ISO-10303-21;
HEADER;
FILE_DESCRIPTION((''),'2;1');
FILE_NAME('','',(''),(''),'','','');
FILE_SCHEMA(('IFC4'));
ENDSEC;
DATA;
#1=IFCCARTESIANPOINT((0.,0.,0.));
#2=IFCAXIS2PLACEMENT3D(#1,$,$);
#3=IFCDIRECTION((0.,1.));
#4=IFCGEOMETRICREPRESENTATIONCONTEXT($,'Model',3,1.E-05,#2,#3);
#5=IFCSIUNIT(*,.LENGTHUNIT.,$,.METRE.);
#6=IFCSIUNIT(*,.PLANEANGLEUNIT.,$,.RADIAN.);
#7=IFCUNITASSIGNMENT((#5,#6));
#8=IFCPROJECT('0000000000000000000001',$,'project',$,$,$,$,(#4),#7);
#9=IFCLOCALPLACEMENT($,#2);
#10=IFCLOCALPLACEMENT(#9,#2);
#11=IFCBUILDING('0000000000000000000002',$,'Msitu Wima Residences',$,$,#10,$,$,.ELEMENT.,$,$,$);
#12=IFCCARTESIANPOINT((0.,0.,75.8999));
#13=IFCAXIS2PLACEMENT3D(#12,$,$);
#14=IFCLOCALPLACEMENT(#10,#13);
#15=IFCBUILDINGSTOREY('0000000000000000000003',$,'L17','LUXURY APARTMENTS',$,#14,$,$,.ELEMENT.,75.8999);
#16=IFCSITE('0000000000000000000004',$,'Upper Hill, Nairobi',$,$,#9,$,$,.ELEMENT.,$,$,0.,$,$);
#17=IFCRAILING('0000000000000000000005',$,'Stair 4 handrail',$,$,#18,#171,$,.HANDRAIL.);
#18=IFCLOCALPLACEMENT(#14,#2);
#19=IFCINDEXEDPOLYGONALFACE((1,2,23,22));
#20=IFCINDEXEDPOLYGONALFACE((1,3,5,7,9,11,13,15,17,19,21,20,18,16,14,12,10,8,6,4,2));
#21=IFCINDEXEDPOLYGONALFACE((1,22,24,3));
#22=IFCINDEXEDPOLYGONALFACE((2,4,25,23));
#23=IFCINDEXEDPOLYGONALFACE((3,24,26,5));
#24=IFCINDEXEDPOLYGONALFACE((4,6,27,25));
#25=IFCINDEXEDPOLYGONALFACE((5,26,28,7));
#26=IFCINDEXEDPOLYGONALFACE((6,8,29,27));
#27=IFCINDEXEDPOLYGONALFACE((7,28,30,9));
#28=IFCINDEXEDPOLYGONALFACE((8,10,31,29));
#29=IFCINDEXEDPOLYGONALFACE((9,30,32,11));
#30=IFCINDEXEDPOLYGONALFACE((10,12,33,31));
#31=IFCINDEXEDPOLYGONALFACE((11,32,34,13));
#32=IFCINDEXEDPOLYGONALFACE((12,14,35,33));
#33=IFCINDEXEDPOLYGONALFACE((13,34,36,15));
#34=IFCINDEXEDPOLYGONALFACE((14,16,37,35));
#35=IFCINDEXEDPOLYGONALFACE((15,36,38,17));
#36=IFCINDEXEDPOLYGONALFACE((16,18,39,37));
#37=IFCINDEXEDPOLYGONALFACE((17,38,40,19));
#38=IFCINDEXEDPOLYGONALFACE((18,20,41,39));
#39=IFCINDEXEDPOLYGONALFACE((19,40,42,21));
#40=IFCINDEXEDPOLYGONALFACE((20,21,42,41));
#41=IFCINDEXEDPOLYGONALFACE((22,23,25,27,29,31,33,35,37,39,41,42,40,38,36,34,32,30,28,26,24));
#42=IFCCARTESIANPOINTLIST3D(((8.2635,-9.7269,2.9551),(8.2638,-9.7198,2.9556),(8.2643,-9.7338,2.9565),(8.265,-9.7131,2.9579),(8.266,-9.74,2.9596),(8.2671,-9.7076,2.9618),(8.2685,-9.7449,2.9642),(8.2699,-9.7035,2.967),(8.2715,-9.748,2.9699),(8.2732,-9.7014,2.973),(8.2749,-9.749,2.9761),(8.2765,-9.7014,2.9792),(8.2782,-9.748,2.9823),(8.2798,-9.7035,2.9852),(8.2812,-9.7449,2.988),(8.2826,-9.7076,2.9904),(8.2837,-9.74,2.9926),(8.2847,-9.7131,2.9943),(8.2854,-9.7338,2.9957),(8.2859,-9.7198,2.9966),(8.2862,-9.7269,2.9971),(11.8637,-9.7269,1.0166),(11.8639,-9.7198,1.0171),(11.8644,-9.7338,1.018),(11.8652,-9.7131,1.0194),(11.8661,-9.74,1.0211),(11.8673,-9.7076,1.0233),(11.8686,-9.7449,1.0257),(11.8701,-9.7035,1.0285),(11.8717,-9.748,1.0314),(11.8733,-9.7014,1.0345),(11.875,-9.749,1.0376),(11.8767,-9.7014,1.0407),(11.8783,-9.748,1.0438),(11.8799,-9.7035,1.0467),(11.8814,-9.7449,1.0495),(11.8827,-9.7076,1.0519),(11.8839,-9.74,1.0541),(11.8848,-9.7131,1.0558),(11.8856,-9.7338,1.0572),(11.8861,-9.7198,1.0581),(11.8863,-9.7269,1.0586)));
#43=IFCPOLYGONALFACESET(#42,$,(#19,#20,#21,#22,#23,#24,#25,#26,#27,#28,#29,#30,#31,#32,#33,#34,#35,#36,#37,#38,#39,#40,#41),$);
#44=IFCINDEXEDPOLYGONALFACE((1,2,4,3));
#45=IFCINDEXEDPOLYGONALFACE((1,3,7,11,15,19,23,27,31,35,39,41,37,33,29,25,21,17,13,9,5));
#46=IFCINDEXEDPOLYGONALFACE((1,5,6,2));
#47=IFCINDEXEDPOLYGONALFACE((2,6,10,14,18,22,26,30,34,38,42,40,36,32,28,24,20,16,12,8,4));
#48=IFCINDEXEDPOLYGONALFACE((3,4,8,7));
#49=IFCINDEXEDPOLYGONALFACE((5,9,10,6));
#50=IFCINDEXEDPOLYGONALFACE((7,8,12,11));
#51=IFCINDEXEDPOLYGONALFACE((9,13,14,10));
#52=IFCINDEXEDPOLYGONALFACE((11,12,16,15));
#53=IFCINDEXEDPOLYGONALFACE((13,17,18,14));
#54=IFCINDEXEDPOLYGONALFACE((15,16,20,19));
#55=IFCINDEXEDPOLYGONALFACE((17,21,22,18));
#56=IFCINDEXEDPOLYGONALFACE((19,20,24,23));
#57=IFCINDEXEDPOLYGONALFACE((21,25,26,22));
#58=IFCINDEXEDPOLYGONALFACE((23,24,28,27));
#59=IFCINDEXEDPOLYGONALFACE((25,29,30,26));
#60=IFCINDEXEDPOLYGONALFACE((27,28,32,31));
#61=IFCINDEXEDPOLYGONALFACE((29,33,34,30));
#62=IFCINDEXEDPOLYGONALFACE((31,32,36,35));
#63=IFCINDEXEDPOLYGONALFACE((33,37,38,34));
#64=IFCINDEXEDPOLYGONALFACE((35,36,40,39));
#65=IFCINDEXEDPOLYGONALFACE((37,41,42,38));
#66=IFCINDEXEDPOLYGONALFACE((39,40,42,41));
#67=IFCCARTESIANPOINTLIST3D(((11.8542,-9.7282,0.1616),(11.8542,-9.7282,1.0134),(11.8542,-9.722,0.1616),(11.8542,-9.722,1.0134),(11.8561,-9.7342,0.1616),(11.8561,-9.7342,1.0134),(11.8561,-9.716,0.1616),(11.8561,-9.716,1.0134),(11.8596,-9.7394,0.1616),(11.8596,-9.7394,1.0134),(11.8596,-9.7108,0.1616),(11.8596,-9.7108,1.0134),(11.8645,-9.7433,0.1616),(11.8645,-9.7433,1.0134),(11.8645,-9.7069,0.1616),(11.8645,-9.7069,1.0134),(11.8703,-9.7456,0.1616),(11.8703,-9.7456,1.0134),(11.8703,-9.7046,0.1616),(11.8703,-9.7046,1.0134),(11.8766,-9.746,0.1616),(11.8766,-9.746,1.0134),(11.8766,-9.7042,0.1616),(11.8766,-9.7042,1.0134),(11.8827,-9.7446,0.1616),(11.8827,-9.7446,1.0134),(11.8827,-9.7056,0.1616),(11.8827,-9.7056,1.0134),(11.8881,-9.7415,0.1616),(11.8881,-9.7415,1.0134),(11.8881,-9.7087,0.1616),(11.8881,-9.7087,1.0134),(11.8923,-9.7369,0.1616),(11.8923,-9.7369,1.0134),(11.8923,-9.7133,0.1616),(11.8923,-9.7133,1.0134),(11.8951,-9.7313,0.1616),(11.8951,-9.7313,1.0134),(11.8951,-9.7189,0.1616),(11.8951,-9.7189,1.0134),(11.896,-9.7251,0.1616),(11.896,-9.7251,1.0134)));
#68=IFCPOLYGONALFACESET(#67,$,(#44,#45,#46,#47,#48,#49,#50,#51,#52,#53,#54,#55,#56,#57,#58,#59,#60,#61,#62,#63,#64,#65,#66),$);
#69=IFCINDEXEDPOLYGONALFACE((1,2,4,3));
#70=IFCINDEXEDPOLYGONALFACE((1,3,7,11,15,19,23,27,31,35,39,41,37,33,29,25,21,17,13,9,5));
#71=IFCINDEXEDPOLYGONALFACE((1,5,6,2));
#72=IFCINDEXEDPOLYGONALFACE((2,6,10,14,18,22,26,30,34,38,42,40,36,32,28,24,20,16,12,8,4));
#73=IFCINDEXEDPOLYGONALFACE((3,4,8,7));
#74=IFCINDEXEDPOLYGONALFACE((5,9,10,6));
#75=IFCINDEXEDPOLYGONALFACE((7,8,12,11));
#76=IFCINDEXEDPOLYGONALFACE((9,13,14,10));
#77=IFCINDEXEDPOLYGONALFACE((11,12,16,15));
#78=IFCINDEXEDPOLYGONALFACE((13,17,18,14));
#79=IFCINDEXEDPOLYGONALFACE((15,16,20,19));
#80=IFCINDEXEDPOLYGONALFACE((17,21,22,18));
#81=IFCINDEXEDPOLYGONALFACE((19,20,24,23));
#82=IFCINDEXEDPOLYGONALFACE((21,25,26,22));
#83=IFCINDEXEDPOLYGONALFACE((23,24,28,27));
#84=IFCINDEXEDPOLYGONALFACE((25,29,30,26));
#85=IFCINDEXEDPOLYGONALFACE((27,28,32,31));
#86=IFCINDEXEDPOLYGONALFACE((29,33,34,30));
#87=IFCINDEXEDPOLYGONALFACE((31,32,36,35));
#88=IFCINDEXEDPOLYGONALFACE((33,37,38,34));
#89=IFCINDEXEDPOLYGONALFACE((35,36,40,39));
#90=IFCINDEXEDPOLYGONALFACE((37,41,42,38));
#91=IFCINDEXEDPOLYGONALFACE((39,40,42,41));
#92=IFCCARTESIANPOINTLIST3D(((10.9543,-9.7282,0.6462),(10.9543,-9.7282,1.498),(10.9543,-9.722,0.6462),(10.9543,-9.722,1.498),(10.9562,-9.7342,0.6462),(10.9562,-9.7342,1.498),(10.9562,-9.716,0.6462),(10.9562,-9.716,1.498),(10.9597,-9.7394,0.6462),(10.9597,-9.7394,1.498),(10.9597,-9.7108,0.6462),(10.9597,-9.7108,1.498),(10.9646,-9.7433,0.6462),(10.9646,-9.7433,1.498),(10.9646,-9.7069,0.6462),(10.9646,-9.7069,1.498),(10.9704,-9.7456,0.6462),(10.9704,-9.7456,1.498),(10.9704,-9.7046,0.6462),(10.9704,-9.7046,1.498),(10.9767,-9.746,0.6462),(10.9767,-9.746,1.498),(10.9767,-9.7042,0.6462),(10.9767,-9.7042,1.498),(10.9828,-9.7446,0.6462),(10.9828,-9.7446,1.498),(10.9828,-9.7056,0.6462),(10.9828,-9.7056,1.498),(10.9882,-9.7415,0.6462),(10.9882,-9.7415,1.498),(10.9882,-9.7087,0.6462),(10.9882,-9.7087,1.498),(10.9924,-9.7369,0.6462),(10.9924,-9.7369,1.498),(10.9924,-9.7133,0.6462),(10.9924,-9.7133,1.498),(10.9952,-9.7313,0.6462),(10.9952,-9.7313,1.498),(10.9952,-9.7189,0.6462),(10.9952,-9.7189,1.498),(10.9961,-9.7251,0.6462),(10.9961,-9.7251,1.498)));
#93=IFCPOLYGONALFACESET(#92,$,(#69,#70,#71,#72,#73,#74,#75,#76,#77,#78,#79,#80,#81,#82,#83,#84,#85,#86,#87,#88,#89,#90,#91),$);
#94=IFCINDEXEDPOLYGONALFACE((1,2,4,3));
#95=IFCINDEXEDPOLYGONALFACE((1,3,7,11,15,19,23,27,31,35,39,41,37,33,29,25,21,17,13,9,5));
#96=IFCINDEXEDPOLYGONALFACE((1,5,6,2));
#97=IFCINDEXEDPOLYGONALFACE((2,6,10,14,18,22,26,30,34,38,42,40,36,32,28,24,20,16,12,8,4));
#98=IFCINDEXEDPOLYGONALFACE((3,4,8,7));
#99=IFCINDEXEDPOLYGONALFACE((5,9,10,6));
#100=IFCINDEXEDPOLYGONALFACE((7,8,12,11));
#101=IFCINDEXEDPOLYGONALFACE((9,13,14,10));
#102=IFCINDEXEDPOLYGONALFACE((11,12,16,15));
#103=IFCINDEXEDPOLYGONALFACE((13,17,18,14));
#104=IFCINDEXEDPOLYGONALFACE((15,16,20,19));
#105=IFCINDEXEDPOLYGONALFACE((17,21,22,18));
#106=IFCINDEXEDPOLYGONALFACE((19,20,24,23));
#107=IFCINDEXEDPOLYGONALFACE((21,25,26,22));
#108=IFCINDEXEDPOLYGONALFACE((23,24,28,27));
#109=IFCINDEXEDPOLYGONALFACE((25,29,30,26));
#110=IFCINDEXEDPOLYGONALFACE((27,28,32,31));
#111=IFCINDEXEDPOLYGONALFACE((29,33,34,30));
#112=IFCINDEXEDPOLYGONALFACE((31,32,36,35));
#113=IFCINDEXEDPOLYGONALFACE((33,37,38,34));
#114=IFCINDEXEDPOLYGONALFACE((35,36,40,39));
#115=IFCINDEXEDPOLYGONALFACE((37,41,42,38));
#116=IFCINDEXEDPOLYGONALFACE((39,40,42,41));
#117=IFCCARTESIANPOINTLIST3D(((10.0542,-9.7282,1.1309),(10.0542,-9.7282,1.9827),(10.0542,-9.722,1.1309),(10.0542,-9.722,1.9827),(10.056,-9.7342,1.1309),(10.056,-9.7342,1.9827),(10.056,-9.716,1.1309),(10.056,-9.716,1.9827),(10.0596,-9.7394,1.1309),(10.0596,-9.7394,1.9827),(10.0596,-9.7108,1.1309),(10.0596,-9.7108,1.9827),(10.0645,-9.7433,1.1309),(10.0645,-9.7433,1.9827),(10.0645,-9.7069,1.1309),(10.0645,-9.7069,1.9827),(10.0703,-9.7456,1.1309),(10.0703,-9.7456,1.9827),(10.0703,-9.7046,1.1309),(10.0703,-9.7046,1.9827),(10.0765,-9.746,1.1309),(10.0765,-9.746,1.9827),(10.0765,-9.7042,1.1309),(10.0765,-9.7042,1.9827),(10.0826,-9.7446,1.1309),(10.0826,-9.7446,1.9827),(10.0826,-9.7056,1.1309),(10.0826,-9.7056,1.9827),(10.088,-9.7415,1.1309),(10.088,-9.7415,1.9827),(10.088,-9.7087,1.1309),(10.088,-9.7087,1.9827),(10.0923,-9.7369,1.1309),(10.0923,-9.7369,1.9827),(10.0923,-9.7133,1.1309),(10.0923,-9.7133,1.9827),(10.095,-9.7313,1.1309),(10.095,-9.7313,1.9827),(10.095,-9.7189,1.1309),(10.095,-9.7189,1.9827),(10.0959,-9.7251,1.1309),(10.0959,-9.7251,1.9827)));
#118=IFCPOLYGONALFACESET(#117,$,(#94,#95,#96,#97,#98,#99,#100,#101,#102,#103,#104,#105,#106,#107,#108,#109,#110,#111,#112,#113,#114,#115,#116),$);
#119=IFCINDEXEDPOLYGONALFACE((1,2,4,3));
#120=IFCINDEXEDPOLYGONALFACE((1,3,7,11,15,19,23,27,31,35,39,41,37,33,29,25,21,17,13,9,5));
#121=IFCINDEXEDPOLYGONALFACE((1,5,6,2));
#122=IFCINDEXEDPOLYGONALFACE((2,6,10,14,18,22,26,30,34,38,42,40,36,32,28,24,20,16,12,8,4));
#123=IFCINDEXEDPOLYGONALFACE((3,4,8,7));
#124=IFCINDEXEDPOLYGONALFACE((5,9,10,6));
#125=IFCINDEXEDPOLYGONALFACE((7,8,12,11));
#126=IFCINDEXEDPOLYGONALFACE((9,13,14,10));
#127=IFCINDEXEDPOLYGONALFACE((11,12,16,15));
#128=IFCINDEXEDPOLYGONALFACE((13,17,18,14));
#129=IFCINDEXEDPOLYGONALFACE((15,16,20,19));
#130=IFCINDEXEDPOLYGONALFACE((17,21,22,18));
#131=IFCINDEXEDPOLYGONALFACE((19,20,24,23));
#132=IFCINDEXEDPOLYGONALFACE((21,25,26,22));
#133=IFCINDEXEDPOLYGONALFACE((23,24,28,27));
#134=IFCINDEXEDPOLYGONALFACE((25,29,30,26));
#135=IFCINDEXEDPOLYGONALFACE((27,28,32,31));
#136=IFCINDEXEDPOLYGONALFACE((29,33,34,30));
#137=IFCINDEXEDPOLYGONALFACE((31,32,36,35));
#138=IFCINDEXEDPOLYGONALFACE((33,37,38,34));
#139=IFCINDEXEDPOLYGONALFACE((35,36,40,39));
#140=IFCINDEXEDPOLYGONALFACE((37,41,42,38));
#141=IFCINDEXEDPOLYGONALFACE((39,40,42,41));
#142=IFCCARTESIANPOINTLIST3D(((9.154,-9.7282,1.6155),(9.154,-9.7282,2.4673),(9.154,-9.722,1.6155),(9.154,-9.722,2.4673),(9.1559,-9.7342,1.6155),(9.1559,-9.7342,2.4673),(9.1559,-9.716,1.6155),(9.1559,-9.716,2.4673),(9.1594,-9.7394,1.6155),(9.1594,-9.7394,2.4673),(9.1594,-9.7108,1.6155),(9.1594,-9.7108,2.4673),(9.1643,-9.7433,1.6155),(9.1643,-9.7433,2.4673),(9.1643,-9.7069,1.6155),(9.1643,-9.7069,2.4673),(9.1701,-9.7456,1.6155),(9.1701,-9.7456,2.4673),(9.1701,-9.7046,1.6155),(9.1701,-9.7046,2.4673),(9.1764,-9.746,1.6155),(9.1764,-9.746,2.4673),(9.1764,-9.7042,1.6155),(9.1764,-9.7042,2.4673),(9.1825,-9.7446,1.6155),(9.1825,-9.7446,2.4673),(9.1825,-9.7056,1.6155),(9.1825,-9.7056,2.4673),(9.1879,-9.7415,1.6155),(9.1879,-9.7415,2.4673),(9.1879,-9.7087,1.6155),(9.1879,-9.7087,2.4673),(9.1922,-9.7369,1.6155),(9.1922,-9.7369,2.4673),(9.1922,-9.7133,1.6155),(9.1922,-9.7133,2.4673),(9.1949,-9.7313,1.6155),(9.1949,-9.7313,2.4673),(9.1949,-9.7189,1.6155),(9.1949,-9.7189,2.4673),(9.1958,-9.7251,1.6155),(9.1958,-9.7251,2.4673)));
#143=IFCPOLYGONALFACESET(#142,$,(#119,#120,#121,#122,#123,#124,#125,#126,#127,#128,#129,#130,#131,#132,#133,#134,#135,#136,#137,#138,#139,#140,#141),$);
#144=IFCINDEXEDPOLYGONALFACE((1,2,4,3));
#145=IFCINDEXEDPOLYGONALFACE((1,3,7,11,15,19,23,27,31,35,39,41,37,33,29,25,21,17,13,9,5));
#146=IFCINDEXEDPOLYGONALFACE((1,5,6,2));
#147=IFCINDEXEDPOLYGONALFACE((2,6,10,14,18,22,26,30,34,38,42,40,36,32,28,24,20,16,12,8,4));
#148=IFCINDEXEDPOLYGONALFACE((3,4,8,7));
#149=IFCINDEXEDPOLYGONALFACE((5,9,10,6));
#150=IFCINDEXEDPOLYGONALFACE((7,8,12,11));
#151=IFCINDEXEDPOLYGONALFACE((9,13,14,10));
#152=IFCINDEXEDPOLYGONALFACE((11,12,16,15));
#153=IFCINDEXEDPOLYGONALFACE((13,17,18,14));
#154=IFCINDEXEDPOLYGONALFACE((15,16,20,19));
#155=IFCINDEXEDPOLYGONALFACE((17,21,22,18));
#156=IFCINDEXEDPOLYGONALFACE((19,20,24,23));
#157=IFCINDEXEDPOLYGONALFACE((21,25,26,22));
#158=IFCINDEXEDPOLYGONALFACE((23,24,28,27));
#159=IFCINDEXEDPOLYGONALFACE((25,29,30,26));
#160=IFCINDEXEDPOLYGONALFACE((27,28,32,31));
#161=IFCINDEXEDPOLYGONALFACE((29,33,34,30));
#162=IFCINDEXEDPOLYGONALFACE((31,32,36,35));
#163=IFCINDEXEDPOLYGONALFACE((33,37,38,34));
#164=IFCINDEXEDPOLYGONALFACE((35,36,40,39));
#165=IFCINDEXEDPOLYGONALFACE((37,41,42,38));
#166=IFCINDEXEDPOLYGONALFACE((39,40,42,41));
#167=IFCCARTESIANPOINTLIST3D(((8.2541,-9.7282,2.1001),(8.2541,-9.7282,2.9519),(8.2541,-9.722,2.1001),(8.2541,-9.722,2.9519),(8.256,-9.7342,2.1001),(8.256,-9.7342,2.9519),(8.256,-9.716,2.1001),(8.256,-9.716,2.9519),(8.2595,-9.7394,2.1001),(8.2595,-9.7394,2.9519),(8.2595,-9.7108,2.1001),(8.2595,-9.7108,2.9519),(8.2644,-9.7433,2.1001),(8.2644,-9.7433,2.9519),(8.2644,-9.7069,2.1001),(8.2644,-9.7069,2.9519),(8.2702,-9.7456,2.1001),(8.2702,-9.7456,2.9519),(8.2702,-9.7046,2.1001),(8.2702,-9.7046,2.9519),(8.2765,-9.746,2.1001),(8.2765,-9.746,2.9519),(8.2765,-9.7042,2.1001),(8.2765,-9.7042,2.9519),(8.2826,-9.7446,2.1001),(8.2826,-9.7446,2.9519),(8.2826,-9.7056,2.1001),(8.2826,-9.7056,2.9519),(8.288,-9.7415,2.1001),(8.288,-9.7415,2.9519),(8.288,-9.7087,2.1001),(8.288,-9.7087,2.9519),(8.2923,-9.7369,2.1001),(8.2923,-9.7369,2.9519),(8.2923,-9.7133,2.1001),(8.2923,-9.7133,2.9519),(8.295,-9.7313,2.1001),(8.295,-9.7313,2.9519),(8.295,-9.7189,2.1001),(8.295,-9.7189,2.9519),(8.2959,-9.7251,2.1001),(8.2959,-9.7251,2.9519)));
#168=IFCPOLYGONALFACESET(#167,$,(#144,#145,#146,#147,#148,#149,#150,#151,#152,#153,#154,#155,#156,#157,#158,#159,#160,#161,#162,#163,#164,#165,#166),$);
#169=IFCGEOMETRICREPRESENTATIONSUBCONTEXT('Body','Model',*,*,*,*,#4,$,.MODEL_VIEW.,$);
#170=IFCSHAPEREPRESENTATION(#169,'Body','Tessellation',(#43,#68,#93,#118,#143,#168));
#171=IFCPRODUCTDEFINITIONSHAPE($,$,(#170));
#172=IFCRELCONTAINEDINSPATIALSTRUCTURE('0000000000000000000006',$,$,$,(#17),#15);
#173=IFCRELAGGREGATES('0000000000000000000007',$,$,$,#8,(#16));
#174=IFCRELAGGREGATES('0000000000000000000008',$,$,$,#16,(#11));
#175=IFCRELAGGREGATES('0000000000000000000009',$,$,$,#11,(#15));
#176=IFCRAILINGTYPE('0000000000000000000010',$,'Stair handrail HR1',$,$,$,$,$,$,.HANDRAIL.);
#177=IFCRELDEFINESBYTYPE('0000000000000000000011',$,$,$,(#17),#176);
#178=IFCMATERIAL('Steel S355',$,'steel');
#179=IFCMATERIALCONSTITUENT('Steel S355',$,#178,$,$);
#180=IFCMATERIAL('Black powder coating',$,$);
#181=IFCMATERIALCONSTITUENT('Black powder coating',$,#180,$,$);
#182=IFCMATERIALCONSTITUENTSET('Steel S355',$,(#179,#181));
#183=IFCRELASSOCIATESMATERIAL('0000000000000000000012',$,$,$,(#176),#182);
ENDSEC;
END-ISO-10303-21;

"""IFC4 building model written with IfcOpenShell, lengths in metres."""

from ifc_helpers import new_model, si_unit, direction, frame, origin, origin_2d, place, context, subcontext, project, spatial, circle, extrude, material, constituent, constituent_set, type_object, element, save


model = new_model("IFC4")

# Units and contexts
model_context = context("Model", 3, precision=1e-05, world=origin(), true_north=direction((0.0, 1.0)))
body_context = subcontext(model_context, "Body", "Model", "MODEL_VIEW")
ifc_project = project(units=[si_unit("LENGTHUNIT", "METRE"), si_unit("PLANEANGLEUNIT", "RADIAN")], contexts=[model_context])

# Site, building, storey
site_placement = place(None, origin())
site = spatial("IfcSite", under=ifc_project, at=site_placement, Name="Upper Hill, Nairobi", CompositionType="ELEMENT", RefElevation=0.0)
building_placement = place(site_placement, origin())
building = spatial("IfcBuilding", under=site, at=building_placement, Name="Msitu Wima Residences", CompositionType="ELEMENT")
storey_placement = place(building_placement, frame((0.0, 0.0, 75.8999)))
storey = spatial("IfcBuildingStorey", under=building, at=storey_placement, Name="L17", Description="LUXURY APARTMENTS", CompositionType="ELEMENT", Elevation=75.8999)

# Railing
ifc_material_1 = material(Name="Steel S355", Category="steel")
ifc_constituent_1 = constituent(ifc_material_1, Name="Steel S355")
ifc_material_2 = material(Name="Black powder coating")
ifc_constituent_2 = constituent(ifc_material_2, Name="Black powder coating")
ifc_constituent_set = constituent_set(constituents=[ifc_constituent_1, ifc_constituent_2], Name="Steel S355")
railing_type = type_object("IfcRailingType", Name="Stair handrail HR1", PredefinedType="HANDRAIL", material=ifc_constituent_set)
for number, where, name in (
    (1, (11.875, -9.7251, 0.1616), "Stair 4 handrail"),
):
    element("IfcRailing", number, at=place(storey_placement, frame(where)), inside=storey, type_object=railing_type, Name=name, PredefinedType="HANDRAIL", context=body_context, shape_type="SweptSolid", body=[
        extrude(circle(Radius=0.0239, at=origin_2d()), frame((0.0, 0.0, 0.876), z_axis=(-0.880475, 0.0, 0.474093), x_axis=(0.0, -1.0, 0.0)), (0.0, 0.0, 1.0), 4.0889),
        extrude(circle(Radius=0.021, at=origin_2d()), origin(), (0.0, 0.0, 1.0), 0.8518),
        extrude(circle(Radius=0.021, at=origin_2d()), frame((-0.8999, 0.0, 0.4846)), (0.0, 0.0, 1.0), 0.8518),
        extrude(circle(Radius=0.021, at=origin_2d()), frame((-1.8, 0.0, 0.9692)), (0.0, 0.0, 1.0), 0.8518),
        extrude(circle(Radius=0.021, at=origin_2d()), frame((-2.7002, 0.0, 1.4539)), (0.0, 0.0, 1.0), 0.8518),
        extrude(circle(Radius=0.021, at=origin_2d()), frame((-3.6001, 0.0, 1.9385)), (0.0, 0.0, 1.0), 0.8518),
    ])

save(model, "model.ifc")
